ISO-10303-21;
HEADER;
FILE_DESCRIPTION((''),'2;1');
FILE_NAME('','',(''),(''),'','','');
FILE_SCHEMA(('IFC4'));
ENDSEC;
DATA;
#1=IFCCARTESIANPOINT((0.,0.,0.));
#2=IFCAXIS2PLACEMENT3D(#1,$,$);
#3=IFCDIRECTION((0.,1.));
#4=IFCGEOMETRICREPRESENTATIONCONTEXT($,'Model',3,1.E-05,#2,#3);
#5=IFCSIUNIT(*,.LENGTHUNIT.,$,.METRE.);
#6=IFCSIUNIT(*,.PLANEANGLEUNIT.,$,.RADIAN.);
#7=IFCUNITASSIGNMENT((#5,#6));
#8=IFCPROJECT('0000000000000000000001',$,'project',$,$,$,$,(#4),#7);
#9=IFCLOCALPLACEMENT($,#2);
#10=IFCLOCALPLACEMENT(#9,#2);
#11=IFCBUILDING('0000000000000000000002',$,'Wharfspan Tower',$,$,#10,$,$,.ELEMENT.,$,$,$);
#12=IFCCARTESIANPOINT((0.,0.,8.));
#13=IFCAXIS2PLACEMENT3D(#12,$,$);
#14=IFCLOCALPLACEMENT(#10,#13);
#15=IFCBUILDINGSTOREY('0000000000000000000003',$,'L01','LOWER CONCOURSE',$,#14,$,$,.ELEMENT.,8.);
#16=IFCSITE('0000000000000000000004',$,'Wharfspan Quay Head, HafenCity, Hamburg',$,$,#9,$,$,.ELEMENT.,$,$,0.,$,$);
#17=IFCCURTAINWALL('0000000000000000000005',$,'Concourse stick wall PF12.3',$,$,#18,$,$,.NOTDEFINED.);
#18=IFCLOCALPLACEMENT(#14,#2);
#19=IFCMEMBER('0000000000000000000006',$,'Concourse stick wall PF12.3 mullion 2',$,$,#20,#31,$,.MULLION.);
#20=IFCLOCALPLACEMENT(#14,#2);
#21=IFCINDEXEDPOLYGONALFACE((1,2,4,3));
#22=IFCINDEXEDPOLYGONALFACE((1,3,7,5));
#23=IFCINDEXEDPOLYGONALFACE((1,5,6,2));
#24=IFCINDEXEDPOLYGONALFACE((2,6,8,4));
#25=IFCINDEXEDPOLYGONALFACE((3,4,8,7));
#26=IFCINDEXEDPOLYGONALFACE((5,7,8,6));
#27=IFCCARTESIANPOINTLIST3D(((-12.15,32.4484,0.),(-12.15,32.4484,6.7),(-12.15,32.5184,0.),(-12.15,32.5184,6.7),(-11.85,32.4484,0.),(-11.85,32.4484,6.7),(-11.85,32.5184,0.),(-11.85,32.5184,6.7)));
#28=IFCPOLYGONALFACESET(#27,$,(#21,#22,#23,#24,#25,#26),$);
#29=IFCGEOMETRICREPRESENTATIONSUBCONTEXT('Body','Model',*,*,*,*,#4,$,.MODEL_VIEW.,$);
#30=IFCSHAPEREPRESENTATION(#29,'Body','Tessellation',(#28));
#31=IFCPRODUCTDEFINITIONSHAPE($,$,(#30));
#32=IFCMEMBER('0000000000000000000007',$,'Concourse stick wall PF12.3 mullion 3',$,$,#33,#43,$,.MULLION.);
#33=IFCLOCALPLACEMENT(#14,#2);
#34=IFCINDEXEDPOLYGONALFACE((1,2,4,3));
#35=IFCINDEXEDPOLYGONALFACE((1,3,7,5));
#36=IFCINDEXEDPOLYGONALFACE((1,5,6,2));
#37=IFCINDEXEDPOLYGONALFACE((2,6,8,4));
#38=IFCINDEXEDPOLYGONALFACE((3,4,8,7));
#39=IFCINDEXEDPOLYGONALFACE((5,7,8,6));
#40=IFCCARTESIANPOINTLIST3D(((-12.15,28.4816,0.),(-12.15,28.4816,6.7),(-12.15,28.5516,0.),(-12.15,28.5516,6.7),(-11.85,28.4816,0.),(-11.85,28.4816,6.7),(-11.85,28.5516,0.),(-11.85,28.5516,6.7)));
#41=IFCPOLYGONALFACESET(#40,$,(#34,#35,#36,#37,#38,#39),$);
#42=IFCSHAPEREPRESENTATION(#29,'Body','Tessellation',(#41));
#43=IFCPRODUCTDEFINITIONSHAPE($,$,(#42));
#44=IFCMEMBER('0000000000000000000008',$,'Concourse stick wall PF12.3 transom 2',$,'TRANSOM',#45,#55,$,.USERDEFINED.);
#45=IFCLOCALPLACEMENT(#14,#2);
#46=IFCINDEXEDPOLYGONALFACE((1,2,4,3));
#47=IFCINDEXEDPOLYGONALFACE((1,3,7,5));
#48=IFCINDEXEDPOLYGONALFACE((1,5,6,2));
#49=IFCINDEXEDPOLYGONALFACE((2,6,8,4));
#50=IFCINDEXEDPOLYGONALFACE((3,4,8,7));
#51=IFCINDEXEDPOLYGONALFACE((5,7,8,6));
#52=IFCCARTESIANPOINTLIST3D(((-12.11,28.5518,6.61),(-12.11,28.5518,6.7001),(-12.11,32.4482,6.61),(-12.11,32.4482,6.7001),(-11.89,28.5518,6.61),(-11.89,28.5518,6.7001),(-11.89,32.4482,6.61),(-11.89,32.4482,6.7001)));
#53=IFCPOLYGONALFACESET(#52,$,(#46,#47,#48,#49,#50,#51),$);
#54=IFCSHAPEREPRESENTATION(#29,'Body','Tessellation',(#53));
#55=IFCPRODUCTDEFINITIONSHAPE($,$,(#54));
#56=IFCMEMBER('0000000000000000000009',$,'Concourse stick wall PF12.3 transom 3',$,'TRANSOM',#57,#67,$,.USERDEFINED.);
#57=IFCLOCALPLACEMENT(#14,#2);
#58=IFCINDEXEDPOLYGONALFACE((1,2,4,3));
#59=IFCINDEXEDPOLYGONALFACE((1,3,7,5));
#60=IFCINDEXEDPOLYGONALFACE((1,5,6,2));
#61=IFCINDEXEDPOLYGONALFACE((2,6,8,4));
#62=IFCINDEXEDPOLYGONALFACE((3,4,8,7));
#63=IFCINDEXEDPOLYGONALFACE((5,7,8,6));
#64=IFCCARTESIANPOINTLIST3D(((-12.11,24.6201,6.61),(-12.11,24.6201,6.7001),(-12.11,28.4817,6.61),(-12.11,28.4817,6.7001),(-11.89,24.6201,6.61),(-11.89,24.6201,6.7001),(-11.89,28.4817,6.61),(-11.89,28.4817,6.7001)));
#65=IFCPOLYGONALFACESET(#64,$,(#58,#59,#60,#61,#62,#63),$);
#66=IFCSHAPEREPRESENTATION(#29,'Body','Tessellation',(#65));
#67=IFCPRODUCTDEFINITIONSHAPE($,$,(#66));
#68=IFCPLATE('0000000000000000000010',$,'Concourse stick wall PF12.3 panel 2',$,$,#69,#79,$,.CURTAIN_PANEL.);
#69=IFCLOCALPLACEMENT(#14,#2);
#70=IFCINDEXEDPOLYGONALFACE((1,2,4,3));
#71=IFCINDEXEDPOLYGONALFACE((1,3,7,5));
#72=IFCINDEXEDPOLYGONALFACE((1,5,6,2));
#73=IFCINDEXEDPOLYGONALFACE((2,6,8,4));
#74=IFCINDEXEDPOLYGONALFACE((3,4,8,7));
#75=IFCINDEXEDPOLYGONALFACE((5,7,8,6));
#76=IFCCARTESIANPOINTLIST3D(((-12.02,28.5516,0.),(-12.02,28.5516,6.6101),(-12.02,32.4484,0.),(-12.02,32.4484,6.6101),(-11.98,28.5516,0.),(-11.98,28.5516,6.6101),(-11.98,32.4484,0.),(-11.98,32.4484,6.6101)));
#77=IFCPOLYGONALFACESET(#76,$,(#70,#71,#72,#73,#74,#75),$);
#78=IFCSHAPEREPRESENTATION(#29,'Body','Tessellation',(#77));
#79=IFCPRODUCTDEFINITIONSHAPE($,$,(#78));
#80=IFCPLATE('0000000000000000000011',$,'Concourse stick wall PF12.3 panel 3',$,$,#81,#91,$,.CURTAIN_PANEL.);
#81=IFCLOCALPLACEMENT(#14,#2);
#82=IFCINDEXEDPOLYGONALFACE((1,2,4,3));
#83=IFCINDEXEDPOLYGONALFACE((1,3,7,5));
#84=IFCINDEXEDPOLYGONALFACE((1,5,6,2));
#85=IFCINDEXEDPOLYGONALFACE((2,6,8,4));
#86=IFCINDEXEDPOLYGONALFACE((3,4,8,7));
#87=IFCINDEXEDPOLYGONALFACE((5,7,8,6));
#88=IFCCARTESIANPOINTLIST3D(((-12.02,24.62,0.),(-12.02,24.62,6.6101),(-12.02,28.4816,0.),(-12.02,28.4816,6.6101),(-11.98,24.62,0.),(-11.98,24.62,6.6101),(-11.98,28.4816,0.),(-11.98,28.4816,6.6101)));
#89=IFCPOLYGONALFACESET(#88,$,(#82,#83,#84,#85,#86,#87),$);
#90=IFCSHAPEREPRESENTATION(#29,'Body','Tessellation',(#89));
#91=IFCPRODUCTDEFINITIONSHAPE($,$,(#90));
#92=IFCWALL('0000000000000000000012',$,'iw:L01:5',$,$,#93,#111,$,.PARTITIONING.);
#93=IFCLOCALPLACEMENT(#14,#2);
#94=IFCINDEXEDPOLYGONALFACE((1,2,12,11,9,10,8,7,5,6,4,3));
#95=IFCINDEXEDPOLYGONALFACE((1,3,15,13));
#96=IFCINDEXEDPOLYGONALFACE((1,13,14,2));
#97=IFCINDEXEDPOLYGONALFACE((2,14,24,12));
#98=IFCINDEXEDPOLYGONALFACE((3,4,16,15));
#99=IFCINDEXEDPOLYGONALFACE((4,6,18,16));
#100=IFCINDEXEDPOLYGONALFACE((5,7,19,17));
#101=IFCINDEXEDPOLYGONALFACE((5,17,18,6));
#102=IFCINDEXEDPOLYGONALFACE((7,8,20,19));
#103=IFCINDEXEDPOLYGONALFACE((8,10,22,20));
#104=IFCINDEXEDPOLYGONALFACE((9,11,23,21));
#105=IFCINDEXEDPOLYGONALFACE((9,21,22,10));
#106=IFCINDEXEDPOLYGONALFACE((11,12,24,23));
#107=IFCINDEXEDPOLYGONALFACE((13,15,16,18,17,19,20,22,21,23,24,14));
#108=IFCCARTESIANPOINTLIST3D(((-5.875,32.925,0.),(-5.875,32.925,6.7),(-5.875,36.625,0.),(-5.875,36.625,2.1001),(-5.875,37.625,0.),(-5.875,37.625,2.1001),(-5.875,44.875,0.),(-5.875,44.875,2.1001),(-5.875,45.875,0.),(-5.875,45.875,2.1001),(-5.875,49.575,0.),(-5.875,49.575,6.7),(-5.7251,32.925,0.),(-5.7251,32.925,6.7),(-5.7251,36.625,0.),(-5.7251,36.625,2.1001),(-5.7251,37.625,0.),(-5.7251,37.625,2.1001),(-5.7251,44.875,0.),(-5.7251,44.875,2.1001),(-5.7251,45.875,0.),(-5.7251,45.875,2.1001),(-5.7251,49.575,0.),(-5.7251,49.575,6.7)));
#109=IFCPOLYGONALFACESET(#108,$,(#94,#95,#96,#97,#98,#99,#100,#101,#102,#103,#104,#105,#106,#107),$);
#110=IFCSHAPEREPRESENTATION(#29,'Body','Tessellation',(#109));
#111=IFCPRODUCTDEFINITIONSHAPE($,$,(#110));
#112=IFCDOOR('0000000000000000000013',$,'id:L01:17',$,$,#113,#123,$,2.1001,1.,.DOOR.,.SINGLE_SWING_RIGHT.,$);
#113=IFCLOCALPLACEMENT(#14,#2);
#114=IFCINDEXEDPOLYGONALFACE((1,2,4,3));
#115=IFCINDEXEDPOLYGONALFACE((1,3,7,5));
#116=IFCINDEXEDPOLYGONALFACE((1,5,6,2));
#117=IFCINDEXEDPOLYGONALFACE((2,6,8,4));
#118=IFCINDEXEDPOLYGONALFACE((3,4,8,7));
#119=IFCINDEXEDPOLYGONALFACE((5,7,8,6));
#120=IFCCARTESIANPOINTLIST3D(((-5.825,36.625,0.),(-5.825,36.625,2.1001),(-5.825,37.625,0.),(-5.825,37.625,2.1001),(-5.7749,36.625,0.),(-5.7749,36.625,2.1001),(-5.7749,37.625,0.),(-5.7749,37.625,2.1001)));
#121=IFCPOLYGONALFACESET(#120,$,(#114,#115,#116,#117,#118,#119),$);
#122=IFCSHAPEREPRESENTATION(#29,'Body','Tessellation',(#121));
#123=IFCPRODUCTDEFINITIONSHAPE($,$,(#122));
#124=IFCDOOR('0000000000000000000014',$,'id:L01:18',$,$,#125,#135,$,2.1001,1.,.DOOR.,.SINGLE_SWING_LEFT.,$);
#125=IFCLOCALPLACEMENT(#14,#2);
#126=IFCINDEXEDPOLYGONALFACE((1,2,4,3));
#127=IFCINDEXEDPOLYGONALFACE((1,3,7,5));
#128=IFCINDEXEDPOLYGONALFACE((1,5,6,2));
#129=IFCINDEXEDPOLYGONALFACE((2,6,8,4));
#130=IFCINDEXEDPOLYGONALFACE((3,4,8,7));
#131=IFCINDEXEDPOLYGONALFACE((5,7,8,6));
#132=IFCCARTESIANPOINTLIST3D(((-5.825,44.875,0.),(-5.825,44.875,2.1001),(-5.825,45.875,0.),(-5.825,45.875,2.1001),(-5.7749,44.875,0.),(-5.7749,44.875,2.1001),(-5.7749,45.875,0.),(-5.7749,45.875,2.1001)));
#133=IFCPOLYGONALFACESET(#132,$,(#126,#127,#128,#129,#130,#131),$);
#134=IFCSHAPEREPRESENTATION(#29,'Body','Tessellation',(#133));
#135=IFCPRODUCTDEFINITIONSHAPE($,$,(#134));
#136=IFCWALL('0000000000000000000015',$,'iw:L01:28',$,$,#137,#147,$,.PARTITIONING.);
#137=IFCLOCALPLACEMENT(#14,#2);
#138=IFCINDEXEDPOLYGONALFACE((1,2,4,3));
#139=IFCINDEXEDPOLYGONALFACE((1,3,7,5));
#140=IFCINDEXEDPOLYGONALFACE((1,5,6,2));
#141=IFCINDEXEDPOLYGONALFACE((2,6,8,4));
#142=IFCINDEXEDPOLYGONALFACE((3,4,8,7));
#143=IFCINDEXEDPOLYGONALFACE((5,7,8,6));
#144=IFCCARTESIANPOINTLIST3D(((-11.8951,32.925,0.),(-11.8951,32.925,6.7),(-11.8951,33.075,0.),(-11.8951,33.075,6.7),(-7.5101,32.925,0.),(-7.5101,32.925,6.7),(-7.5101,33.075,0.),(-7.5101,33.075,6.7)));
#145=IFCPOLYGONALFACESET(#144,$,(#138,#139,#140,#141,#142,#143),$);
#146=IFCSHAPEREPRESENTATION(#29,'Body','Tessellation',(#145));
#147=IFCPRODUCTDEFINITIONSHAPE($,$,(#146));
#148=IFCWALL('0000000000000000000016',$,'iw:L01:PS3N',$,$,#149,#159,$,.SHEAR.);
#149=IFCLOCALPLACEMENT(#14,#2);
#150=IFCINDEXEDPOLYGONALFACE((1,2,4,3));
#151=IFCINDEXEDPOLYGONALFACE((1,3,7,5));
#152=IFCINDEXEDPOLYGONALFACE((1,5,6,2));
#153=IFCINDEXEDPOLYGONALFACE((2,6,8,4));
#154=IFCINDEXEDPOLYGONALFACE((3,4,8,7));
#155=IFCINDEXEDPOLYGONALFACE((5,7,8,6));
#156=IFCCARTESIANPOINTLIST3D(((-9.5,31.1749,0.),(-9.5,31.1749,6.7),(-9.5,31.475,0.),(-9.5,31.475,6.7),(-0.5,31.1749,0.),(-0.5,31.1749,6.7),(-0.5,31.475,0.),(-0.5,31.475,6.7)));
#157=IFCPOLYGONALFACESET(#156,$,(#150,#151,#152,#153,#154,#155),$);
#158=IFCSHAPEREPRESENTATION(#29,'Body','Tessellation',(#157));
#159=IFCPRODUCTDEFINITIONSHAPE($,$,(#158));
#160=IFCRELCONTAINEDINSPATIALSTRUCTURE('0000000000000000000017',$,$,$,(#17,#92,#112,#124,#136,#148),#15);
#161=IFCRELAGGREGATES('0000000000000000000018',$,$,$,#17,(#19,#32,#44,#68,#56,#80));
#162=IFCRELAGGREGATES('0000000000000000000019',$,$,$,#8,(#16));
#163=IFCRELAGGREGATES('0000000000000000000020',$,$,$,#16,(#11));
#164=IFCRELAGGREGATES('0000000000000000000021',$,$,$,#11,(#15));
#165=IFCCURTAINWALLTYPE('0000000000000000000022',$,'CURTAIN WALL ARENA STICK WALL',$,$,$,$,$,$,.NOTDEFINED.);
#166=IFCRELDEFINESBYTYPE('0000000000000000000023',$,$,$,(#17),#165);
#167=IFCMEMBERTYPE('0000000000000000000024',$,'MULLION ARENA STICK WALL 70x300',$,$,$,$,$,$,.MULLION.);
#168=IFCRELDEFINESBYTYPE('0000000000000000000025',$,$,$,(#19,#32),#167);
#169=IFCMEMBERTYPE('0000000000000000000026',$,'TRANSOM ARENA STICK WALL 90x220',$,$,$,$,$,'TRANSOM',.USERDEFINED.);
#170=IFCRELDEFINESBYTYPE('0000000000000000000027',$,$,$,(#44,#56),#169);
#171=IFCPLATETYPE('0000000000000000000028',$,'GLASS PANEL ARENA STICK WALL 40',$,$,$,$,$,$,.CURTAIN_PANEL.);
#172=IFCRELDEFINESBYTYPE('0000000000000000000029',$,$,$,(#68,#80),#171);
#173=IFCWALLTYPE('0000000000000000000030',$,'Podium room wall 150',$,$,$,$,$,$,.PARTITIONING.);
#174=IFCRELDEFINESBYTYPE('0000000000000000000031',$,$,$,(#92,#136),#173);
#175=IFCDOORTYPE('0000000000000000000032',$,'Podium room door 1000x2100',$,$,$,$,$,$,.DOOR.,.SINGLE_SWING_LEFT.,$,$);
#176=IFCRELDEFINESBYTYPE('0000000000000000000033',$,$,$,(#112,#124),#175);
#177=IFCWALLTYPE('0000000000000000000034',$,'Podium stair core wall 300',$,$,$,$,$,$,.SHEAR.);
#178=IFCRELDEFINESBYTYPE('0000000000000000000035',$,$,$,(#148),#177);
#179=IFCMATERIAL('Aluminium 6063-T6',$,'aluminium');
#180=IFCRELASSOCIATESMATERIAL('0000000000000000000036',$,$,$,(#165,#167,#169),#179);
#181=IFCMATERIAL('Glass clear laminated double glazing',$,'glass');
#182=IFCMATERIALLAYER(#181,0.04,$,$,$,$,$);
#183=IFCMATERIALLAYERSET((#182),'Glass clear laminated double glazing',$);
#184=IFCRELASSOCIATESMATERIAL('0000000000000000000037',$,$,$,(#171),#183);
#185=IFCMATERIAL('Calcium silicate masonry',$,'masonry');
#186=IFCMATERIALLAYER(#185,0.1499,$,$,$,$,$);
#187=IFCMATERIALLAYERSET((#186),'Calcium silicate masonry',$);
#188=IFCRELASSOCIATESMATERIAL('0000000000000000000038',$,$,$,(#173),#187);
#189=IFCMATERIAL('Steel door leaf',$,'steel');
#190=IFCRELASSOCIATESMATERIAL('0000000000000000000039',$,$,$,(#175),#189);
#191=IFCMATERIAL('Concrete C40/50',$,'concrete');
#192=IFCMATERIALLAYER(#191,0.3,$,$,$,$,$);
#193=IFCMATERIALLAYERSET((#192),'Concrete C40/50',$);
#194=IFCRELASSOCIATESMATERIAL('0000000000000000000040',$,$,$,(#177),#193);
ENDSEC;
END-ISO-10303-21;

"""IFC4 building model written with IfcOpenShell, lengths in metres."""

from ifc_helpers import new_model, si_unit, direction, frame, frame_2d, origin, origin_2d, place, context, subcontext, project, spatial, rectangle, extrude, material, layer, layer_set, material_profile, profile_set, type_object, element, fill, aggregate, save


model = new_model("IFC4")

# Units and contexts
model_context = context("Model", 3, precision=1e-05, world=origin(), true_north=direction((0.0, 1.0)))
body_context = subcontext(model_context, "Body", "Model", "MODEL_VIEW")
ifc_project = project(units=[si_unit("LENGTHUNIT", "METRE"), si_unit("PLANEANGLEUNIT", "RADIAN")], contexts=[model_context])

# Site, building, storey
site_placement = place(None, origin())
site = spatial("IfcSite", under=ifc_project, at=site_placement, Name="Wharfspan Quay Head, HafenCity, Hamburg", CompositionType="ELEMENT", RefElevation=0.0)
building_placement = place(site_placement, origin())
building = spatial("IfcBuilding", under=site, at=building_placement, Name="Wharfspan Tower", CompositionType="ELEMENT")
storey_placement = place(building_placement, frame((0.0, 0.0, 8.0)))
storey = spatial("IfcBuildingStorey", under=building, at=storey_placement, Name="L01", Description="LOWER CONCOURSE", CompositionType="ELEMENT", Elevation=8.0)

# Curtain wall, members, plates
ifc_material_1 = material(Name="Aluminium 6063-T6", Category="aluminium")
curtain_wall_type = type_object("IfcCurtainWallType", Name="CURTAIN WALL ARENA STICK WALL", PredefinedType="NOTDEFINED", material=ifc_material_1)
curtain_wall_placement = place(storey_placement, origin())
curtain_wall = element("IfcCurtainWall", 1, at=curtain_wall_placement, inside=storey, type_object=curtain_wall_type, Name="Concourse stick wall PF12.3", PredefinedType="NOTDEFINED")
ifc_material_profile_1 = material_profile(ifc_material_1, rectangle(XDim=0.3, YDim=0.0701, at=origin_2d()))
ifc_profile_set_1 = profile_set([ifc_material_profile_1], Name="Aluminium 6063-T6")
member_type_1 = type_object("IfcMemberType", Name="MULLION ARENA STICK WALL 70x300", PredefinedType="MULLION", material=ifc_profile_set_1)
member_1_placement = place(storey_placement, frame((-12.0, 32.4834, 0.0), z_axis=(0.0, 0.0, 1.0), x_axis=(1.0, 0.0, 0.0)))
member_1 = element("IfcMember", 2, at=member_1_placement, type_object=member_type_1, Name="Concourse stick wall PF12.3 mullion 2", PredefinedType="MULLION", context=body_context, shape_type="SweptSolid", body=[
    extrude(rectangle(XDim=0.3, YDim=0.0701, at=origin_2d()), origin(), (0.0, 0.0, 1.0), 6.7),
])
member_2_placement = place(storey_placement, frame((-12.0, 28.5166, 0.0), z_axis=(0.0, 0.0, 1.0), x_axis=(1.0, 0.0, 0.0)))
member_2 = element("IfcMember", 3, at=member_2_placement, type_object=member_type_1, Name="Concourse stick wall PF12.3 mullion 3", PredefinedType="MULLION", context=body_context, shape_type="SweptSolid", body=[
    extrude(rectangle(XDim=0.3, YDim=0.0701, at=origin_2d()), origin(), (0.0, 0.0, 1.0), 6.7),
])
ifc_material_profile_2 = material_profile(ifc_material_1, rectangle(XDim=0.22, YDim=0.0901, at=origin_2d()))
ifc_profile_set_2 = profile_set([ifc_material_profile_2], Name="Aluminium 6063-T6")
member_type_2 = type_object("IfcMemberType", Name="TRANSOM ARENA STICK WALL 90x220", ElementType="TRANSOM", PredefinedType="USERDEFINED", material=ifc_profile_set_2)
member_3_placement = place(storey_placement, frame((-12.0, 32.4482, 6.655), z_axis=(0.0, -1.0, 0.0), x_axis=(1.0, 0.0, 0.0)))
member_3 = element("IfcMember", 4, at=member_3_placement, type_object=member_type_2, Name="Concourse stick wall PF12.3 transom 2", ObjectType="TRANSOM", PredefinedType="USERDEFINED", context=body_context, shape_type="SweptSolid", body=[
    extrude(rectangle(XDim=0.22, YDim=0.0901, at=origin_2d()), origin(), (0.0, 0.0, 1.0), 3.8965),
])
member_4_placement = place(storey_placement, frame((-12.0, 28.4817, 6.655), z_axis=(0.0, -1.0, 0.0), x_axis=(1.0, 0.0, 0.0)))
member_4 = element("IfcMember", 5, at=member_4_placement, type_object=member_type_2, Name="Concourse stick wall PF12.3 transom 3", ObjectType="TRANSOM", PredefinedType="USERDEFINED", context=body_context, shape_type="SweptSolid", body=[
    extrude(rectangle(XDim=0.22, YDim=0.0901, at=origin_2d()), origin(), (0.0, 0.0, 1.0), 3.8616),
])
ifc_material_2 = material(Name="Glass clear laminated double glazing", Category="glass")
ifc_layer_1 = layer(ifc_material_2, 0.04)
ifc_layer_set_1 = layer_set([ifc_layer_1], Name="Glass clear laminated double glazing")
plate_type = type_object("IfcPlateType", Name="GLASS PANEL ARENA STICK WALL 40", PredefinedType="CURTAIN_PANEL", material=ifc_layer_set_1)
plate_1_placement = place(storey_placement, frame((-12.0, 30.5, 0.0), z_axis=(0.0, 0.0, 1.0), x_axis=(0.0, -1.0, 0.0)))
plate_1 = element("IfcPlate", 6, at=plate_1_placement, type_object=plate_type, Name="Concourse stick wall PF12.3 panel 2", PredefinedType="CURTAIN_PANEL", context=body_context, shape_type="SweptSolid", body=[
    extrude(rectangle(XDim=3.8967, YDim=0.04, at=origin_2d()), origin(), (0.0, 0.0, 1.0), 6.6101),
])
plate_2_placement = place(storey_placement, frame((-12.0, 26.5508, 0.0), z_axis=(0.0, 0.0, 1.0), x_axis=(0.0, -1.0, 0.0)))
plate_2 = element("IfcPlate", 7, at=plate_2_placement, type_object=plate_type, Name="Concourse stick wall PF12.3 panel 3", PredefinedType="CURTAIN_PANEL", context=body_context, shape_type="SweptSolid", body=[
    extrude(rectangle(XDim=3.8616, YDim=0.04, at=origin_2d()), origin(), (0.0, 0.0, 1.0), 6.6101),
])
aggregate(curtain_wall, [member_1, member_2, member_3, plate_1, member_4, plate_2])

# Wall, openings, doors
ifc_material_3 = material(Name="Calcium silicate masonry", Category="masonry")
ifc_layer_2 = layer(ifc_material_3, 0.1499)
ifc_layer_set_2 = layer_set([ifc_layer_2], Name="Calcium silicate masonry")
wall_type_1 = type_object("IfcWallType", Name="Podium room wall 150", PredefinedType="PARTITIONING", material=ifc_layer_set_2)
wall_1_placement = place(storey_placement, frame((-5.8, 32.925, 0.0), z_axis=(0.0, 0.0, 1.0), x_axis=(0.0, 1.0, 0.0)))
wall_1 = element("IfcWall", 8, at=wall_1_placement, inside=storey, type_object=wall_type_1, Name="iw:L01:5", PredefinedType="PARTITIONING", context=body_context, shape_type="SweptSolid", body=[
    extrude(rectangle(XDim=16.6499, YDim=0.1499, at=frame_2d((8.325, 0.0))), origin(), (0.0, 0.0, 1.0), 6.7),
])
opening_1_placement = place(wall_1_placement, frame((3.7, 0.0, 0.0)))
opening_1 = element("IfcOpeningElement", 9, at=opening_1_placement, cuts=wall_1, PredefinedType="OPENING", context=body_context, shape_type="SweptSolid", body=[
    extrude(rectangle(XDim=1.0, YDim=2.1001, at=frame_2d((0.5, 1.05))), frame((0.0, 0.085, 0.0), z_axis=(0.0, -1.0, 0.0), x_axis=(1.0, 0.0, 0.0)), (0.0, 0.0, 1.0), 0.1699),
])
opening_2_placement = place(wall_1_placement, frame((11.95, 0.0, 0.0)))
opening_2 = element("IfcOpeningElement", 10, at=opening_2_placement, cuts=wall_1, PredefinedType="OPENING", context=body_context, shape_type="SweptSolid", body=[
    extrude(rectangle(XDim=1.0, YDim=2.1001, at=frame_2d((0.5, 1.05))), frame((0.0, 0.085, 0.0), z_axis=(0.0, -1.0, 0.0), x_axis=(1.0, 0.0, 0.0)), (0.0, 0.0, 1.0), 0.1699),
])
ifc_material_4 = material(Name="Steel door leaf", Category="steel")
door_type = type_object("IfcDoorType", Name="Podium room door 1000x2100", OperationType="SINGLE_SWING_LEFT", PredefinedType="DOOR", material=ifc_material_4)
door_1_placement = place(opening_1_placement, origin())
door_1 = element("IfcDoor", 11, at=door_1_placement, inside=storey, type_object=door_type, Name="id:L01:17", OperationType="SINGLE_SWING_RIGHT", OverallHeight=2.1001, OverallWidth=1.0, PredefinedType="DOOR", context=body_context, shape_type="SweptSolid", body=[
    extrude(rectangle(XDim=1.0, YDim=2.1001, at=frame_2d((0.5, 1.05))), frame((0.0, 0.0249, 0.0), z_axis=(0.0, -1.0, 0.0), x_axis=(1.0, 0.0, 0.0)), (0.0, 0.0, 1.0), 0.05),
])
fill(opening_1, door_1)
door_2_placement = place(opening_2_placement, origin())
door_2 = element("IfcDoor", 12, at=door_2_placement, inside=storey, type_object=door_type, Name="id:L01:18", OperationType="SINGLE_SWING_LEFT", OverallHeight=2.1001, OverallWidth=1.0, PredefinedType="DOOR", context=body_context, shape_type="SweptSolid", body=[
    extrude(rectangle(XDim=1.0, YDim=2.1001, at=frame_2d((0.5, 1.05))), frame((0.0, 0.0249, 0.0), z_axis=(0.0, -1.0, 0.0), x_axis=(1.0, 0.0, 0.0)), (0.0, 0.0, 1.0), 0.05),
])
fill(opening_2, door_2)

# Walls
wall_2_placement = place(storey_placement, frame((-11.895, 33.0, 0.0), z_axis=(0.0, 0.0, 1.0), x_axis=(1.0, 0.0, 0.0)))
element("IfcWall", 13, at=wall_2_placement, inside=storey, type_object=wall_type_1, Name="iw:L01:28", PredefinedType="PARTITIONING", context=body_context, shape_type="SweptSolid", body=[
    extrude(rectangle(XDim=4.385, YDim=0.1499, at=frame_2d((2.1924, 0.0))), origin(), (0.0, 0.0, 1.0), 6.7),
])
ifc_material_5 = material(Name="Concrete C40/50", Category="concrete")
ifc_layer_3 = layer(ifc_material_5, 0.3)
ifc_layer_set_3 = layer_set([ifc_layer_3], Name="Concrete C40/50")
wall_type_2 = type_object("IfcWallType", Name="Podium stair core wall 300", PredefinedType="SHEAR", material=ifc_layer_set_3)
wall_3_placement = place(storey_placement, frame((-9.5, 31.325, 0.0), z_axis=(0.0, 0.0, 1.0), x_axis=(1.0, 0.0, 0.0)))
element("IfcWall", 14, at=wall_3_placement, inside=storey, type_object=wall_type_2, Name="iw:L01:PS3N", PredefinedType="SHEAR", context=body_context, shape_type="SweptSolid", body=[
    extrude(rectangle(XDim=9.0, YDim=0.3, at=frame_2d((4.5, 0.0))), origin(), (0.0, 0.0, 1.0), 6.7),
])

save(model, "model.ifc")
